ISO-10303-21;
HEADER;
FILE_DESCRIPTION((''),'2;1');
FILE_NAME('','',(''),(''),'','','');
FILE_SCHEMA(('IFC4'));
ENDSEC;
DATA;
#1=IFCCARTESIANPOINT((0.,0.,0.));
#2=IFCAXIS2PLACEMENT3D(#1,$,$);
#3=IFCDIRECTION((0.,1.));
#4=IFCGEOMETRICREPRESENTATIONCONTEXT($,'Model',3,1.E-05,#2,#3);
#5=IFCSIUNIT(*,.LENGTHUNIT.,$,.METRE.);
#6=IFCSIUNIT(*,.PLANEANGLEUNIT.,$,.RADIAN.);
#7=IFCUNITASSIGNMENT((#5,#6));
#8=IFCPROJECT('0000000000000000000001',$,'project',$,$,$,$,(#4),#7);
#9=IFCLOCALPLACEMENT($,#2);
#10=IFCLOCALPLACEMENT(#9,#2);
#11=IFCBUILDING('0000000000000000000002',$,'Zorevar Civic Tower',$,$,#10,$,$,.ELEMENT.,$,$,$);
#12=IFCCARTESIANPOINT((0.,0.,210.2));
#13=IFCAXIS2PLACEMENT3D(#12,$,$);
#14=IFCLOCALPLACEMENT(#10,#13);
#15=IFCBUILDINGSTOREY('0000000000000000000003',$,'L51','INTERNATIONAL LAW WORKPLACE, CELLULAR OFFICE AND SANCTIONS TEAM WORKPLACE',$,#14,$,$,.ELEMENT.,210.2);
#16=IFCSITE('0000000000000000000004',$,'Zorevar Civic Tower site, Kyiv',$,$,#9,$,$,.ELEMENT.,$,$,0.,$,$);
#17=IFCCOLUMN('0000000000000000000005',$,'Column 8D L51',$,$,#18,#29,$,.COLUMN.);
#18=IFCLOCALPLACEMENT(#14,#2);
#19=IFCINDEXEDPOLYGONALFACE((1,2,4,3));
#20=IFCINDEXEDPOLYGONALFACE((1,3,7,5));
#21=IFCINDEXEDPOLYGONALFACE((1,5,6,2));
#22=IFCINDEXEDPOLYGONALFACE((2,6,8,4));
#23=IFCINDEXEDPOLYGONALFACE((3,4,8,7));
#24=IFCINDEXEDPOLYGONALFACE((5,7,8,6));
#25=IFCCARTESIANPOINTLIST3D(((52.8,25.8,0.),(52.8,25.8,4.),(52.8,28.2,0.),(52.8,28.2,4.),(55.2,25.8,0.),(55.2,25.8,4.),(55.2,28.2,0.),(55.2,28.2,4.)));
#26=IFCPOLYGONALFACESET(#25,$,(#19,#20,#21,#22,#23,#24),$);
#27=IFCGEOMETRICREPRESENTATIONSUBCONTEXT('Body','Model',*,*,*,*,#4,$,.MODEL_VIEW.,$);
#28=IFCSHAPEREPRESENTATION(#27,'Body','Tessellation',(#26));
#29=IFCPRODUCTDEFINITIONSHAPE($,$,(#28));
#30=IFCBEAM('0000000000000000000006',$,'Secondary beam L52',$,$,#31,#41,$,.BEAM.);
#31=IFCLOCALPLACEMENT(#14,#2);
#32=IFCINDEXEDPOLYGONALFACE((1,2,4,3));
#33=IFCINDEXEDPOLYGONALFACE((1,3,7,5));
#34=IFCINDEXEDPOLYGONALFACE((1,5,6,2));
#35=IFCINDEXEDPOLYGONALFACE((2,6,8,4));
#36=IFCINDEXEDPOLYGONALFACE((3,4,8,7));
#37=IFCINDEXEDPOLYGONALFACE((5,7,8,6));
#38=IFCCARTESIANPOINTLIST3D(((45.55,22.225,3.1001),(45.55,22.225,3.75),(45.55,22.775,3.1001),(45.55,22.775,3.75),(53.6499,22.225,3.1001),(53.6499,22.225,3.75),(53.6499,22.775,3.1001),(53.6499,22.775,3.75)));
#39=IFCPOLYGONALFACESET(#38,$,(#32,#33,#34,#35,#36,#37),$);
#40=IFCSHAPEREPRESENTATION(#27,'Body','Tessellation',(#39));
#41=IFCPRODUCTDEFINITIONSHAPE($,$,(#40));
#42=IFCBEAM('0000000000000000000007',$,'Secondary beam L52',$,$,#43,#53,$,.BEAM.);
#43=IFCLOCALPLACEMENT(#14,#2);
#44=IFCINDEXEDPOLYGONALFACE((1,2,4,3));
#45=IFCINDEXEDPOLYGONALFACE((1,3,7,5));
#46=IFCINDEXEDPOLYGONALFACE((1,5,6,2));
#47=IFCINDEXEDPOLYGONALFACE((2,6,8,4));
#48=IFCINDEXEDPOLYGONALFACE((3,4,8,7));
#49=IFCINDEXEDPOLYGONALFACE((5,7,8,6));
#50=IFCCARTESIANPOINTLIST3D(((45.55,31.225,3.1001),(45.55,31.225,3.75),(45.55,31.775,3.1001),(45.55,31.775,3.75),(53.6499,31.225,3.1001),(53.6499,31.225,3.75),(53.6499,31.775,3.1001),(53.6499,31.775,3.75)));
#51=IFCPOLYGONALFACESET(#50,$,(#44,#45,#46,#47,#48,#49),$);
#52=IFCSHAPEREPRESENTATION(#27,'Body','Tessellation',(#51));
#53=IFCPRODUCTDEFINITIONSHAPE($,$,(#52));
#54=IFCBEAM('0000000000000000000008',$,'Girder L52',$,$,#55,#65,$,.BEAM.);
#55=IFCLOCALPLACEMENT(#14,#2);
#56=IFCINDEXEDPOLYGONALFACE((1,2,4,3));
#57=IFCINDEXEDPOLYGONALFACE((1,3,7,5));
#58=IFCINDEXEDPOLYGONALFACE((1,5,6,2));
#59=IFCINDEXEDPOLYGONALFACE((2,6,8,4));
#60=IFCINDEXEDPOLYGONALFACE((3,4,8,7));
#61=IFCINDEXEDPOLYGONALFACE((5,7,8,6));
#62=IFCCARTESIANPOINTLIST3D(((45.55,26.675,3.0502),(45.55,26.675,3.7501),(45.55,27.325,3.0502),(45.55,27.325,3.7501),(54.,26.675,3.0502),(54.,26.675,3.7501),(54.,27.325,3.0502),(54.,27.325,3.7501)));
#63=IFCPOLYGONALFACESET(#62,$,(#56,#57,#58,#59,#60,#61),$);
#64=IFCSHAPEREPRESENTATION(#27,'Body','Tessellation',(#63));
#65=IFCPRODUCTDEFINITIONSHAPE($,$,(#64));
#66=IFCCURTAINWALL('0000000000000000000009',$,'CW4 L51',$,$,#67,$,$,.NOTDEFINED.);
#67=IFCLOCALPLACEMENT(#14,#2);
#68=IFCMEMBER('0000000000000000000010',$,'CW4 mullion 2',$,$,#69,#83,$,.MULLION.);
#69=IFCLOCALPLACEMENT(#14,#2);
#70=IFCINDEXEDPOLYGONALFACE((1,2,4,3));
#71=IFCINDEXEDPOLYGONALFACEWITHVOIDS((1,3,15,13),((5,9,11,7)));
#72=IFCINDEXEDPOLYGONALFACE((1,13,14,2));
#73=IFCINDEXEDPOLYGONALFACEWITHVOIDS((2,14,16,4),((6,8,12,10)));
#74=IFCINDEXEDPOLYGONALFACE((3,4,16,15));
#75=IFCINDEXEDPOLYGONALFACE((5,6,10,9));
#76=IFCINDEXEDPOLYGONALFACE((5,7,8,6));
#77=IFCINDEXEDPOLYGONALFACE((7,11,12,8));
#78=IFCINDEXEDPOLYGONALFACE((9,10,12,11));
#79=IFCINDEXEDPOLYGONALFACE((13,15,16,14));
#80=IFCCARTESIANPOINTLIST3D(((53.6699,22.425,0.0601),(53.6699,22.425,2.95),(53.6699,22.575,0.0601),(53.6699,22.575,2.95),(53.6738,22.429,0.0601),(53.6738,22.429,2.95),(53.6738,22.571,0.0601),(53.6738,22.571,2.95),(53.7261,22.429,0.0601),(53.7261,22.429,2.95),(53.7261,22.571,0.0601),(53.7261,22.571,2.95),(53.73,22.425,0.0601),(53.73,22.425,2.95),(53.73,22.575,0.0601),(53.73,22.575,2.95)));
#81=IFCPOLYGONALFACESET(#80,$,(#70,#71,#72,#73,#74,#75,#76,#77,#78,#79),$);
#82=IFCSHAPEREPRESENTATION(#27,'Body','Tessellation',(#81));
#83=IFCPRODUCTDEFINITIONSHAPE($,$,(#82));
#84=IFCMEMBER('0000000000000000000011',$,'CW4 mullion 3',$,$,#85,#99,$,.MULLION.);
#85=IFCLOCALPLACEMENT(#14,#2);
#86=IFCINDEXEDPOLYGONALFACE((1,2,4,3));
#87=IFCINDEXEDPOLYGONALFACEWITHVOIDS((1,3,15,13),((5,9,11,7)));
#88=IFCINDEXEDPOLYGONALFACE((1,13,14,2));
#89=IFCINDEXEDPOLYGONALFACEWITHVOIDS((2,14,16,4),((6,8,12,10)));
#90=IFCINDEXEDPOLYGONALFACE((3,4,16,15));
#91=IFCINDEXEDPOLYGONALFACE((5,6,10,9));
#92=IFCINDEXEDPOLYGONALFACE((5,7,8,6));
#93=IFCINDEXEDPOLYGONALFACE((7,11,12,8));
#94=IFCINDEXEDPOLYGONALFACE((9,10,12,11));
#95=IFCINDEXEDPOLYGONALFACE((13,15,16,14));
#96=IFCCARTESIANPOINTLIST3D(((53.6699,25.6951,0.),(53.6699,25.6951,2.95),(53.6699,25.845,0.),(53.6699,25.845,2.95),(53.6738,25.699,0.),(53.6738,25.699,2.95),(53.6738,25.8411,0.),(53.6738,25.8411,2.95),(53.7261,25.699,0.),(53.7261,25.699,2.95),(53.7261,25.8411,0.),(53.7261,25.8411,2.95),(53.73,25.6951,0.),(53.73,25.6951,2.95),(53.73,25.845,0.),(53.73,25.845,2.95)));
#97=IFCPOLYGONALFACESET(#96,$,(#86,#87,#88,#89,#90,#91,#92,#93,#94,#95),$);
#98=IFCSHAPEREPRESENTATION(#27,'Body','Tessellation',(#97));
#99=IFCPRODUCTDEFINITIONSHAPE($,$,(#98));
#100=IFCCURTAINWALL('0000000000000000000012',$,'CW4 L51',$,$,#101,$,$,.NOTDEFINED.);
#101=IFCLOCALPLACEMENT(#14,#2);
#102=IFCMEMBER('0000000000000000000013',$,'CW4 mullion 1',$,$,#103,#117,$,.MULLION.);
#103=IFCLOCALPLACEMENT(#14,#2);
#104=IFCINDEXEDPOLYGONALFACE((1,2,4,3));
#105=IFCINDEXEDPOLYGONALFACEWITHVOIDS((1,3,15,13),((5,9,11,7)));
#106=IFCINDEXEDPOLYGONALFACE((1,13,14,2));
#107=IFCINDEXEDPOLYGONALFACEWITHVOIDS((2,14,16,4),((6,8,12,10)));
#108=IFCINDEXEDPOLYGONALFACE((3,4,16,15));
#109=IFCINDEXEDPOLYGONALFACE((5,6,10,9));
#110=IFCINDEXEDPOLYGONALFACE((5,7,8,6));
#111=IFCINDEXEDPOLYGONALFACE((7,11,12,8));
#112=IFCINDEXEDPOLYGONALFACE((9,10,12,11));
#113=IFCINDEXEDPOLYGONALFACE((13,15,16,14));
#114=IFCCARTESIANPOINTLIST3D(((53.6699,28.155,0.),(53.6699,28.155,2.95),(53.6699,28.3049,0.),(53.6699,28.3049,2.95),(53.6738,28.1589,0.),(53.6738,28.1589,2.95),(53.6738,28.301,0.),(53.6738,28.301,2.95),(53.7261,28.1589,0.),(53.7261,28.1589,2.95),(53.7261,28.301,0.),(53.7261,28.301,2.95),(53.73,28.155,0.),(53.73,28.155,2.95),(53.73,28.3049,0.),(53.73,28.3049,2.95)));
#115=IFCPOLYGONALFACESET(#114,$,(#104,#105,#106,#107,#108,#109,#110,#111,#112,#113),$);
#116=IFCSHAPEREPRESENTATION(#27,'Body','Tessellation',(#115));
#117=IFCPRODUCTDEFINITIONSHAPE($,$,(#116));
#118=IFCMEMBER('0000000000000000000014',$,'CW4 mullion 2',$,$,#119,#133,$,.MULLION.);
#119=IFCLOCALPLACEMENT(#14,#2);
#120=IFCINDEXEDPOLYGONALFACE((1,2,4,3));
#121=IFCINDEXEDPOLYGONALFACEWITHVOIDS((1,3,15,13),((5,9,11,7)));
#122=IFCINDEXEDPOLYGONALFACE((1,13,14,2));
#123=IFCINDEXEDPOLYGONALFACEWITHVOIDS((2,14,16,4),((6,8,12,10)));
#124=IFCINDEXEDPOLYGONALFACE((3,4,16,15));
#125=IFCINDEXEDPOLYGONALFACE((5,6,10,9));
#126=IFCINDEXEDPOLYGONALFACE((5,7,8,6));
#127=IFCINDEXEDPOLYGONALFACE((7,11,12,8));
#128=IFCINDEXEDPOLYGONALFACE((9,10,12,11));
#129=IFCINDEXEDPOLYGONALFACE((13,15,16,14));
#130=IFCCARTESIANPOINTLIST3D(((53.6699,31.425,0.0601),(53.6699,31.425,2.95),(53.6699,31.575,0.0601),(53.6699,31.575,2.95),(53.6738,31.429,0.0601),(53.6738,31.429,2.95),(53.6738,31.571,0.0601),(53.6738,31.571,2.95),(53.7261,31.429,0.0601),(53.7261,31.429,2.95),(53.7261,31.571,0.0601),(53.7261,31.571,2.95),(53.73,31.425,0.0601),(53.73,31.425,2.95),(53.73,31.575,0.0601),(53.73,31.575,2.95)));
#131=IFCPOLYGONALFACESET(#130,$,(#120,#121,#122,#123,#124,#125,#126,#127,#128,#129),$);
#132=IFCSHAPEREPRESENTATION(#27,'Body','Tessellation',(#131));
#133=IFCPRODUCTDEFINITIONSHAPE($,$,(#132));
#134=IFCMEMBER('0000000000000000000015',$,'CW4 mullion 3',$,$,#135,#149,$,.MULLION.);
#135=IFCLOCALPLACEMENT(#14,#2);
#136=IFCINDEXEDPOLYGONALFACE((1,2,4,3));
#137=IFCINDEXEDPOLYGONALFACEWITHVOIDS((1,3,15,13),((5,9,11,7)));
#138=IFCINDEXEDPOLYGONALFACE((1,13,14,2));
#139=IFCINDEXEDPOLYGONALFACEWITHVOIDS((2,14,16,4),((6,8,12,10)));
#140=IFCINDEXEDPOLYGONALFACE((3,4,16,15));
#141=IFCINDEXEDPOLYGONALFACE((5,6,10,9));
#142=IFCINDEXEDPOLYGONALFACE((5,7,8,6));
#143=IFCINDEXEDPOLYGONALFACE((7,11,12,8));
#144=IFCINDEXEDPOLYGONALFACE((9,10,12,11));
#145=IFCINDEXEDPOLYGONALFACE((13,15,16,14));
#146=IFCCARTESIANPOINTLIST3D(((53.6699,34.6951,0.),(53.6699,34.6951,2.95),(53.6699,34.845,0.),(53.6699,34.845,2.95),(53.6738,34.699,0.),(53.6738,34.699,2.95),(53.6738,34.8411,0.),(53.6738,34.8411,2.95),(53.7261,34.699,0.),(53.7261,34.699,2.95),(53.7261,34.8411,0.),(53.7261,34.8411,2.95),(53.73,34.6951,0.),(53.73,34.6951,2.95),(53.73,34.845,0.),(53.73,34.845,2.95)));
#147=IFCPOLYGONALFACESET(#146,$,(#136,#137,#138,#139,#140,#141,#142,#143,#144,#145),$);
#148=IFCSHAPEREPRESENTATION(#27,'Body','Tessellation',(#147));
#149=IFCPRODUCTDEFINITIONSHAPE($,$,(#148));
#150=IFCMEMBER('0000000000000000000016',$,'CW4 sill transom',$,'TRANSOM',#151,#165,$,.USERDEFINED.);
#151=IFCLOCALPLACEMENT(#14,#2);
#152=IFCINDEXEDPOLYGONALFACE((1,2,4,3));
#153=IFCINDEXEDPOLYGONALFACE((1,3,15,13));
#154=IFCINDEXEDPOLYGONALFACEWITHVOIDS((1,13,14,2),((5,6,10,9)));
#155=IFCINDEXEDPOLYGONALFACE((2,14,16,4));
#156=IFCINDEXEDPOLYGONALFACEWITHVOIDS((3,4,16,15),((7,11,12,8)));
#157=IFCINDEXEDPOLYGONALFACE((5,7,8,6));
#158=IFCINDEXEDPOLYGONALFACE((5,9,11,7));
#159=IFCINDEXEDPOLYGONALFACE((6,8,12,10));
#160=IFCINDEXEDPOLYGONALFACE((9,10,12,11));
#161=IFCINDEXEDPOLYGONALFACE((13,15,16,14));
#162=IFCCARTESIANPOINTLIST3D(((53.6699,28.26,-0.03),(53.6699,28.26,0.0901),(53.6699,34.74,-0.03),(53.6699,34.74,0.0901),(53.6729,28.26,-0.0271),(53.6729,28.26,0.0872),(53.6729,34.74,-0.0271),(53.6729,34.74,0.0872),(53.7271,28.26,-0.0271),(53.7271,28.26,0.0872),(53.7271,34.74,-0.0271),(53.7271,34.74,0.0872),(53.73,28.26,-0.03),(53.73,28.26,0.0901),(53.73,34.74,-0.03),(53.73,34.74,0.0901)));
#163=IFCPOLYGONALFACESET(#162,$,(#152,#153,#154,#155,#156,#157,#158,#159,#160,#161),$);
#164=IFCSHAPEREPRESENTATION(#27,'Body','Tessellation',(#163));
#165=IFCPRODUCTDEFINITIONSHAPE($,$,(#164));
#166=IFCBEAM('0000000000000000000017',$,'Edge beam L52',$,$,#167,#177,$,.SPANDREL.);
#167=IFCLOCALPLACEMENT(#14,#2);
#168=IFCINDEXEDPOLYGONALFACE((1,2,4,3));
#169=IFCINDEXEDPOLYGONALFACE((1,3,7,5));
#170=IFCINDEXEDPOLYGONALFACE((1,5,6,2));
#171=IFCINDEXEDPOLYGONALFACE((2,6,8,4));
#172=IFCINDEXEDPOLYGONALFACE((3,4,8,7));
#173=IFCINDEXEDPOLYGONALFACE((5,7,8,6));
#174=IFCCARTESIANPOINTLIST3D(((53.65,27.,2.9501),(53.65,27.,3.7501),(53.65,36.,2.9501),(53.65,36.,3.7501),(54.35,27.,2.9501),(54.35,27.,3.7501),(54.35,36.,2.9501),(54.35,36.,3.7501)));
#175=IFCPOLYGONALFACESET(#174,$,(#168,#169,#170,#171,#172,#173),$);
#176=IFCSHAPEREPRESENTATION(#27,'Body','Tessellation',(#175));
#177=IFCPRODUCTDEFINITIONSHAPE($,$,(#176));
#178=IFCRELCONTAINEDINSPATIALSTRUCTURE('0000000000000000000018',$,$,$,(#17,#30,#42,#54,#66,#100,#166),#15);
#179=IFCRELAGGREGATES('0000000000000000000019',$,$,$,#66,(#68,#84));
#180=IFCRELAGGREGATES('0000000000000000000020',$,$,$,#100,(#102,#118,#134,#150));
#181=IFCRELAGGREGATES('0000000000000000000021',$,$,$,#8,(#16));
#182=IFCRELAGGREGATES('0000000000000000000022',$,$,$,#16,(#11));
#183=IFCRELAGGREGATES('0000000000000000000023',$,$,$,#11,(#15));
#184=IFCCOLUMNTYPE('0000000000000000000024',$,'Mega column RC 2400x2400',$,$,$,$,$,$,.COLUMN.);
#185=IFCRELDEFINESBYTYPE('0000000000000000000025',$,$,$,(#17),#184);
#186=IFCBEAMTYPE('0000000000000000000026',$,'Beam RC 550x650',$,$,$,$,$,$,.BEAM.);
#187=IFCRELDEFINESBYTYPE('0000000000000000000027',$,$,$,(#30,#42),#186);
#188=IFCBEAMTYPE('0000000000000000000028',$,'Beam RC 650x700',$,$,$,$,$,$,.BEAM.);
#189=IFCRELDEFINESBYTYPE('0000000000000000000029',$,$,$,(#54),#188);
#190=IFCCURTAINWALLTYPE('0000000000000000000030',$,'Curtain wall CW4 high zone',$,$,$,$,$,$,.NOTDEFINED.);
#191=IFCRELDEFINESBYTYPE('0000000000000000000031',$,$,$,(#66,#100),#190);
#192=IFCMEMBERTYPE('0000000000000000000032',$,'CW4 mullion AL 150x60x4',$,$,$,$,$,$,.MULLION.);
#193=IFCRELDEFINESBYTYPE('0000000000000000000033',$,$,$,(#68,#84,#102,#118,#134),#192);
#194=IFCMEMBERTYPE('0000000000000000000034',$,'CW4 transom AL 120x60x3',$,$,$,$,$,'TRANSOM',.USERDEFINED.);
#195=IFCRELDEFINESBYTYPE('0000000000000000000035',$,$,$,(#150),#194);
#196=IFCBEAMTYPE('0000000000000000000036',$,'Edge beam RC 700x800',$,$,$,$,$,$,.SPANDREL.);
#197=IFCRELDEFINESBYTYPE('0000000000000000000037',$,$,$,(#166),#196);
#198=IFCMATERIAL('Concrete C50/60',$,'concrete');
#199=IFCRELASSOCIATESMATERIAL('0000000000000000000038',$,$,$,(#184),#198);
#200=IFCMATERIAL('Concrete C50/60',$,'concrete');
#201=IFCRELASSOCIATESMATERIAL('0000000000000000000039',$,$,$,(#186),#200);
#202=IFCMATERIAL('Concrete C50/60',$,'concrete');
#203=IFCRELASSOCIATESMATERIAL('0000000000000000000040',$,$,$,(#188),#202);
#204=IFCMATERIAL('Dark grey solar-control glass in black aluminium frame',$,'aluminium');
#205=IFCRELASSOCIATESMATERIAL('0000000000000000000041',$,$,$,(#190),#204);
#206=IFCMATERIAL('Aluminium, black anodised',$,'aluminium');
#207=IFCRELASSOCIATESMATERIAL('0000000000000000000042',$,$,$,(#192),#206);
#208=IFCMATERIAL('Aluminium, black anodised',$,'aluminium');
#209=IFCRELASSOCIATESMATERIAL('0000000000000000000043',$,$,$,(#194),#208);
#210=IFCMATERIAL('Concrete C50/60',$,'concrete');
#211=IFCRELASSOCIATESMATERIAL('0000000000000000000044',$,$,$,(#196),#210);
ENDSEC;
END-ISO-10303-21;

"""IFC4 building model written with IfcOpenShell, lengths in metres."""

from ifc_helpers import new_model, si_unit, direction, frame, origin, origin_2d, place, context, subcontext, project, spatial, rectangle, hollow_rectangle, extrude, material, material_profile, profile_set, type_object, element, aggregate, save


model = new_model("IFC4")

# Units and contexts
model_context = context("Model", 3, precision=1e-05, world=origin(), true_north=direction((0.0, 1.0)))
body_context = subcontext(model_context, "Body", "Model", "MODEL_VIEW")
ifc_project = project(units=[si_unit("LENGTHUNIT", "METRE"), si_unit("PLANEANGLEUNIT", "RADIAN")], contexts=[model_context])

# Site, building, storey
site_placement = place(None, origin())
site = spatial("IfcSite", under=ifc_project, at=site_placement, Name="Zorevar Civic Tower site, Kyiv", CompositionType="ELEMENT", RefElevation=0.0)
building_placement = place(site_placement, origin())
building = spatial("IfcBuilding", under=site, at=building_placement, Name="Zorevar Civic Tower", CompositionType="ELEMENT")
storey_placement = place(building_placement, frame((0.0, 0.0, 210.2)))
storey = spatial("IfcBuildingStorey", under=building, at=storey_placement, Name="L51", Description="INTERNATIONAL LAW WORKPLACE, CELLULAR OFFICE AND SANCTIONS TEAM WORKPLACE", CompositionType="ELEMENT", Elevation=210.2)

# Column
ifc_material_1 = material(Name="Concrete C50/60", Category="concrete")
ifc_material_profile_1 = material_profile(ifc_material_1, rectangle(XDim=2.3999, YDim=2.3999, at=origin_2d()), Name="RC 2400x2400")
ifc_profile_set_1 = profile_set([ifc_material_profile_1], Name="Concrete C50/60")
column_type = type_object("IfcColumnType", Name="Mega column RC 2400x2400", PredefinedType="COLUMN", material=ifc_profile_set_1)
column_placement = place(storey_placement, frame((54.0, 27.0, 0.0), z_axis=(0.0, 0.0, 1.0), x_axis=(1.0, 0.0, 0.0)))
element("IfcColumn", 1, at=column_placement, inside=storey, type_object=column_type, Name="Column 8D L51", PredefinedType="COLUMN", context=body_context, shape_type="SweptSolid", body=[
    extrude(rectangle(XDim=2.3999, YDim=2.3999, at=origin_2d()), origin(), (0.0, 0.0, 1.0), 4.0),
])

# Beams
ifc_material_2 = material(Name="Concrete C50/60", Category="concrete")
ifc_material_profile_2 = material_profile(ifc_material_2, rectangle(XDim=0.55, YDim=0.6499, at=origin_2d()), Name="RC 550x650")
ifc_profile_set_2 = profile_set([ifc_material_profile_2], Name="Concrete C50/60")
beam_type_1 = type_object("IfcBeamType", Name="Beam RC 550x650", PredefinedType="BEAM", material=ifc_profile_set_2)
for number, where, z_axis, x_axis, name in (
    (2, (45.55, 22.5, 3.425), (1.0, 0.0, 0.0), (0.0, 1.0, 0.0), "Secondary beam L52"),
    (3, (45.55, 31.5, 3.425), (1.0, 0.0, 0.0), (0.0, 1.0, 0.0), "Secondary beam L52"),
):
    element("IfcBeam", number, at=place(storey_placement, frame(where, z_axis=z_axis, x_axis=x_axis)), inside=storey, type_object=beam_type_1, Name=name, PredefinedType="BEAM", context=body_context, shape_type="SweptSolid", body=[
        extrude(rectangle(XDim=0.55, YDim=0.6499, at=origin_2d()), origin(), (0.0, 0.0, 1.0), 8.0999),
    ])
ifc_material_3 = material(Name="Concrete C50/60", Category="concrete")
ifc_material_profile_3 = material_profile(ifc_material_3, rectangle(XDim=0.6499, YDim=0.7, at=origin_2d()), Name="RC 650x700")
ifc_profile_set_3 = profile_set([ifc_material_profile_3], Name="Concrete C50/60")
beam_type_2 = type_object("IfcBeamType", Name="Beam RC 650x700", PredefinedType="BEAM", material=ifc_profile_set_3)
beam_1_placement = place(storey_placement, frame((45.55, 27.0, 3.4001), z_axis=(1.0, 0.0, 0.0), x_axis=(0.0, 1.0, 0.0)))
element("IfcBeam", 4, at=beam_1_placement, inside=storey, type_object=beam_type_2, Name="Girder L52", PredefinedType="BEAM", context=body_context, shape_type="SweptSolid", body=[
    extrude(rectangle(XDim=0.6499, YDim=0.7, at=origin_2d()), origin(), (0.0, 0.0, 1.0), 8.45),
])

# Curtain walls, members
ifc_material_4 = material(Name="Dark grey solar-control glass in black aluminium frame", Category="aluminium")
curtain_wall_type = type_object("IfcCurtainWallType", Name="Curtain wall CW4 high zone", PredefinedType="NOTDEFINED", material=ifc_material_4)
curtain_wall_1_placement = place(storey_placement, origin())
curtain_wall_1 = element("IfcCurtainWall", 5, at=curtain_wall_1_placement, inside=storey, type_object=curtain_wall_type, Name="CW4 L51", PredefinedType="NOTDEFINED")
ifc_material_5 = material(Name="Aluminium, black anodised", Category="aluminium")
ifc_material_profile_4 = material_profile(ifc_material_5, hollow_rectangle(XDim=0.0601, YDim=0.1499, WallThickness=0.0039, at=origin_2d()), Name="AL 150x60x4")
ifc_profile_set_4 = profile_set([ifc_material_profile_4], Name="Aluminium, black anodised")
member_type_1 = type_object("IfcMemberType", Name="CW4 mullion AL 150x60x4", PredefinedType="MULLION", material=ifc_profile_set_4)
member_1_placement = place(storey_placement, frame((53.7, 22.5, 0.0601), z_axis=(0.0, 0.0, 1.0), x_axis=(-1.0, 0.0, 0.0)))
member_1 = element("IfcMember", 6, at=member_1_placement, type_object=member_type_1, Name="CW4 mullion 2", PredefinedType="MULLION", context=body_context, shape_type="SweptSolid", body=[
    extrude(hollow_rectangle(XDim=0.0601, YDim=0.1499, WallThickness=0.0039, at=origin_2d()), origin(), (0.0, 0.0, 1.0), 2.8899),
])
member_2_placement = place(storey_placement, frame((53.7, 25.77, 0.0), z_axis=(0.0, 0.0, 1.0), x_axis=(-1.0, 0.0, 0.0)))
member_2 = element("IfcMember", 7, at=member_2_placement, type_object=member_type_1, Name="CW4 mullion 3", PredefinedType="MULLION", context=body_context, shape_type="SweptSolid", body=[
    extrude(hollow_rectangle(XDim=0.0601, YDim=0.1499, WallThickness=0.0039, at=origin_2d()), origin(), (0.0, 0.0, 1.0), 2.95),
])
curtain_wall_2_placement = place(storey_placement, origin())
curtain_wall_2 = element("IfcCurtainWall", 8, at=curtain_wall_2_placement, inside=storey, type_object=curtain_wall_type, Name="CW4 L51", PredefinedType="NOTDEFINED")
member_3_placement = place(storey_placement, frame((53.7, 28.23, 0.0), z_axis=(0.0, 0.0, 1.0), x_axis=(-1.0, 0.0, 0.0)))
member_3 = element("IfcMember", 9, at=member_3_placement, type_object=member_type_1, Name="CW4 mullion 1", PredefinedType="MULLION", context=body_context, shape_type="SweptSolid", body=[
    extrude(hollow_rectangle(XDim=0.0601, YDim=0.1499, WallThickness=0.0039, at=origin_2d()), origin(), (0.0, 0.0, 1.0), 2.95),
])
member_4_placement = place(storey_placement, frame((53.7, 31.5, 0.0601), z_axis=(0.0, 0.0, 1.0), x_axis=(-1.0, 0.0, 0.0)))
member_4 = element("IfcMember", 10, at=member_4_placement, type_object=member_type_1, Name="CW4 mullion 2", PredefinedType="MULLION", context=body_context, shape_type="SweptSolid", body=[
    extrude(hollow_rectangle(XDim=0.0601, YDim=0.1499, WallThickness=0.0039, at=origin_2d()), origin(), (0.0, 0.0, 1.0), 2.8899),
])
member_5_placement = place(storey_placement, frame((53.7, 34.77, 0.0), z_axis=(0.0, 0.0, 1.0), x_axis=(-1.0, 0.0, 0.0)))
member_5 = element("IfcMember", 11, at=member_5_placement, type_object=member_type_1, Name="CW4 mullion 3", PredefinedType="MULLION", context=body_context, shape_type="SweptSolid", body=[
    extrude(hollow_rectangle(XDim=0.0601, YDim=0.1499, WallThickness=0.0039, at=origin_2d()), origin(), (0.0, 0.0, 1.0), 2.95),
])
ifc_material_6 = material(Name="Aluminium, black anodised", Category="aluminium")
ifc_material_profile_5 = material_profile(ifc_material_6, hollow_rectangle(XDim=0.0601, YDim=0.1201, WallThickness=0.0029, at=origin_2d()), Name="AL 120x60x3")
ifc_profile_set_5 = profile_set([ifc_material_profile_5], Name="Aluminium, black anodised")
member_type_2 = type_object("IfcMemberType", Name="CW4 transom AL 120x60x3", ElementType="TRANSOM", PredefinedType="USERDEFINED", material=ifc_profile_set_5)
member_6_placement = place(storey_placement, frame((53.7, 28.26, 0.03), z_axis=(0.0, 1.0, 0.0), x_axis=(-1.0, 0.0, 0.0)))
member_6 = element("IfcMember", 12, at=member_6_placement, type_object=member_type_2, Name="CW4 sill transom", ObjectType="TRANSOM", PredefinedType="USERDEFINED", context=body_context, shape_type="SweptSolid", body=[
    extrude(hollow_rectangle(XDim=0.0601, YDim=0.1201, WallThickness=0.0029, at=origin_2d()), origin(), (0.0, 0.0, 1.0), 6.48),
])

# Beam
ifc_material_7 = material(Name="Concrete C50/60", Category="concrete")
ifc_material_profile_6 = material_profile(ifc_material_7, rectangle(XDim=0.7, YDim=0.8, at=origin_2d()), Name="RC 700x800")
ifc_profile_set_6 = profile_set([ifc_material_profile_6], Name="Concrete C50/60")
beam_type_3 = type_object("IfcBeamType", Name="Edge beam RC 700x800", PredefinedType="SPANDREL", material=ifc_profile_set_6)
beam_2_placement = place(storey_placement, frame((54.0, 27.0, 3.3501), z_axis=(0.0, 1.0, 0.0), x_axis=(-1.0, 0.0, 0.0)))
element("IfcBeam", 13, at=beam_2_placement, inside=storey, type_object=beam_type_3, Name="Edge beam L52", PredefinedType="SPANDREL", context=body_context, shape_type="SweptSolid", body=[
    extrude(rectangle(XDim=0.7, YDim=0.8, at=origin_2d()), origin(), (0.0, 0.0, 1.0), 9.0),
])

aggregate(curtain_wall_1, [member_1, member_2])
aggregate(curtain_wall_2, [member_3, member_4, member_5, member_6])

save(model, "model.ifc")
